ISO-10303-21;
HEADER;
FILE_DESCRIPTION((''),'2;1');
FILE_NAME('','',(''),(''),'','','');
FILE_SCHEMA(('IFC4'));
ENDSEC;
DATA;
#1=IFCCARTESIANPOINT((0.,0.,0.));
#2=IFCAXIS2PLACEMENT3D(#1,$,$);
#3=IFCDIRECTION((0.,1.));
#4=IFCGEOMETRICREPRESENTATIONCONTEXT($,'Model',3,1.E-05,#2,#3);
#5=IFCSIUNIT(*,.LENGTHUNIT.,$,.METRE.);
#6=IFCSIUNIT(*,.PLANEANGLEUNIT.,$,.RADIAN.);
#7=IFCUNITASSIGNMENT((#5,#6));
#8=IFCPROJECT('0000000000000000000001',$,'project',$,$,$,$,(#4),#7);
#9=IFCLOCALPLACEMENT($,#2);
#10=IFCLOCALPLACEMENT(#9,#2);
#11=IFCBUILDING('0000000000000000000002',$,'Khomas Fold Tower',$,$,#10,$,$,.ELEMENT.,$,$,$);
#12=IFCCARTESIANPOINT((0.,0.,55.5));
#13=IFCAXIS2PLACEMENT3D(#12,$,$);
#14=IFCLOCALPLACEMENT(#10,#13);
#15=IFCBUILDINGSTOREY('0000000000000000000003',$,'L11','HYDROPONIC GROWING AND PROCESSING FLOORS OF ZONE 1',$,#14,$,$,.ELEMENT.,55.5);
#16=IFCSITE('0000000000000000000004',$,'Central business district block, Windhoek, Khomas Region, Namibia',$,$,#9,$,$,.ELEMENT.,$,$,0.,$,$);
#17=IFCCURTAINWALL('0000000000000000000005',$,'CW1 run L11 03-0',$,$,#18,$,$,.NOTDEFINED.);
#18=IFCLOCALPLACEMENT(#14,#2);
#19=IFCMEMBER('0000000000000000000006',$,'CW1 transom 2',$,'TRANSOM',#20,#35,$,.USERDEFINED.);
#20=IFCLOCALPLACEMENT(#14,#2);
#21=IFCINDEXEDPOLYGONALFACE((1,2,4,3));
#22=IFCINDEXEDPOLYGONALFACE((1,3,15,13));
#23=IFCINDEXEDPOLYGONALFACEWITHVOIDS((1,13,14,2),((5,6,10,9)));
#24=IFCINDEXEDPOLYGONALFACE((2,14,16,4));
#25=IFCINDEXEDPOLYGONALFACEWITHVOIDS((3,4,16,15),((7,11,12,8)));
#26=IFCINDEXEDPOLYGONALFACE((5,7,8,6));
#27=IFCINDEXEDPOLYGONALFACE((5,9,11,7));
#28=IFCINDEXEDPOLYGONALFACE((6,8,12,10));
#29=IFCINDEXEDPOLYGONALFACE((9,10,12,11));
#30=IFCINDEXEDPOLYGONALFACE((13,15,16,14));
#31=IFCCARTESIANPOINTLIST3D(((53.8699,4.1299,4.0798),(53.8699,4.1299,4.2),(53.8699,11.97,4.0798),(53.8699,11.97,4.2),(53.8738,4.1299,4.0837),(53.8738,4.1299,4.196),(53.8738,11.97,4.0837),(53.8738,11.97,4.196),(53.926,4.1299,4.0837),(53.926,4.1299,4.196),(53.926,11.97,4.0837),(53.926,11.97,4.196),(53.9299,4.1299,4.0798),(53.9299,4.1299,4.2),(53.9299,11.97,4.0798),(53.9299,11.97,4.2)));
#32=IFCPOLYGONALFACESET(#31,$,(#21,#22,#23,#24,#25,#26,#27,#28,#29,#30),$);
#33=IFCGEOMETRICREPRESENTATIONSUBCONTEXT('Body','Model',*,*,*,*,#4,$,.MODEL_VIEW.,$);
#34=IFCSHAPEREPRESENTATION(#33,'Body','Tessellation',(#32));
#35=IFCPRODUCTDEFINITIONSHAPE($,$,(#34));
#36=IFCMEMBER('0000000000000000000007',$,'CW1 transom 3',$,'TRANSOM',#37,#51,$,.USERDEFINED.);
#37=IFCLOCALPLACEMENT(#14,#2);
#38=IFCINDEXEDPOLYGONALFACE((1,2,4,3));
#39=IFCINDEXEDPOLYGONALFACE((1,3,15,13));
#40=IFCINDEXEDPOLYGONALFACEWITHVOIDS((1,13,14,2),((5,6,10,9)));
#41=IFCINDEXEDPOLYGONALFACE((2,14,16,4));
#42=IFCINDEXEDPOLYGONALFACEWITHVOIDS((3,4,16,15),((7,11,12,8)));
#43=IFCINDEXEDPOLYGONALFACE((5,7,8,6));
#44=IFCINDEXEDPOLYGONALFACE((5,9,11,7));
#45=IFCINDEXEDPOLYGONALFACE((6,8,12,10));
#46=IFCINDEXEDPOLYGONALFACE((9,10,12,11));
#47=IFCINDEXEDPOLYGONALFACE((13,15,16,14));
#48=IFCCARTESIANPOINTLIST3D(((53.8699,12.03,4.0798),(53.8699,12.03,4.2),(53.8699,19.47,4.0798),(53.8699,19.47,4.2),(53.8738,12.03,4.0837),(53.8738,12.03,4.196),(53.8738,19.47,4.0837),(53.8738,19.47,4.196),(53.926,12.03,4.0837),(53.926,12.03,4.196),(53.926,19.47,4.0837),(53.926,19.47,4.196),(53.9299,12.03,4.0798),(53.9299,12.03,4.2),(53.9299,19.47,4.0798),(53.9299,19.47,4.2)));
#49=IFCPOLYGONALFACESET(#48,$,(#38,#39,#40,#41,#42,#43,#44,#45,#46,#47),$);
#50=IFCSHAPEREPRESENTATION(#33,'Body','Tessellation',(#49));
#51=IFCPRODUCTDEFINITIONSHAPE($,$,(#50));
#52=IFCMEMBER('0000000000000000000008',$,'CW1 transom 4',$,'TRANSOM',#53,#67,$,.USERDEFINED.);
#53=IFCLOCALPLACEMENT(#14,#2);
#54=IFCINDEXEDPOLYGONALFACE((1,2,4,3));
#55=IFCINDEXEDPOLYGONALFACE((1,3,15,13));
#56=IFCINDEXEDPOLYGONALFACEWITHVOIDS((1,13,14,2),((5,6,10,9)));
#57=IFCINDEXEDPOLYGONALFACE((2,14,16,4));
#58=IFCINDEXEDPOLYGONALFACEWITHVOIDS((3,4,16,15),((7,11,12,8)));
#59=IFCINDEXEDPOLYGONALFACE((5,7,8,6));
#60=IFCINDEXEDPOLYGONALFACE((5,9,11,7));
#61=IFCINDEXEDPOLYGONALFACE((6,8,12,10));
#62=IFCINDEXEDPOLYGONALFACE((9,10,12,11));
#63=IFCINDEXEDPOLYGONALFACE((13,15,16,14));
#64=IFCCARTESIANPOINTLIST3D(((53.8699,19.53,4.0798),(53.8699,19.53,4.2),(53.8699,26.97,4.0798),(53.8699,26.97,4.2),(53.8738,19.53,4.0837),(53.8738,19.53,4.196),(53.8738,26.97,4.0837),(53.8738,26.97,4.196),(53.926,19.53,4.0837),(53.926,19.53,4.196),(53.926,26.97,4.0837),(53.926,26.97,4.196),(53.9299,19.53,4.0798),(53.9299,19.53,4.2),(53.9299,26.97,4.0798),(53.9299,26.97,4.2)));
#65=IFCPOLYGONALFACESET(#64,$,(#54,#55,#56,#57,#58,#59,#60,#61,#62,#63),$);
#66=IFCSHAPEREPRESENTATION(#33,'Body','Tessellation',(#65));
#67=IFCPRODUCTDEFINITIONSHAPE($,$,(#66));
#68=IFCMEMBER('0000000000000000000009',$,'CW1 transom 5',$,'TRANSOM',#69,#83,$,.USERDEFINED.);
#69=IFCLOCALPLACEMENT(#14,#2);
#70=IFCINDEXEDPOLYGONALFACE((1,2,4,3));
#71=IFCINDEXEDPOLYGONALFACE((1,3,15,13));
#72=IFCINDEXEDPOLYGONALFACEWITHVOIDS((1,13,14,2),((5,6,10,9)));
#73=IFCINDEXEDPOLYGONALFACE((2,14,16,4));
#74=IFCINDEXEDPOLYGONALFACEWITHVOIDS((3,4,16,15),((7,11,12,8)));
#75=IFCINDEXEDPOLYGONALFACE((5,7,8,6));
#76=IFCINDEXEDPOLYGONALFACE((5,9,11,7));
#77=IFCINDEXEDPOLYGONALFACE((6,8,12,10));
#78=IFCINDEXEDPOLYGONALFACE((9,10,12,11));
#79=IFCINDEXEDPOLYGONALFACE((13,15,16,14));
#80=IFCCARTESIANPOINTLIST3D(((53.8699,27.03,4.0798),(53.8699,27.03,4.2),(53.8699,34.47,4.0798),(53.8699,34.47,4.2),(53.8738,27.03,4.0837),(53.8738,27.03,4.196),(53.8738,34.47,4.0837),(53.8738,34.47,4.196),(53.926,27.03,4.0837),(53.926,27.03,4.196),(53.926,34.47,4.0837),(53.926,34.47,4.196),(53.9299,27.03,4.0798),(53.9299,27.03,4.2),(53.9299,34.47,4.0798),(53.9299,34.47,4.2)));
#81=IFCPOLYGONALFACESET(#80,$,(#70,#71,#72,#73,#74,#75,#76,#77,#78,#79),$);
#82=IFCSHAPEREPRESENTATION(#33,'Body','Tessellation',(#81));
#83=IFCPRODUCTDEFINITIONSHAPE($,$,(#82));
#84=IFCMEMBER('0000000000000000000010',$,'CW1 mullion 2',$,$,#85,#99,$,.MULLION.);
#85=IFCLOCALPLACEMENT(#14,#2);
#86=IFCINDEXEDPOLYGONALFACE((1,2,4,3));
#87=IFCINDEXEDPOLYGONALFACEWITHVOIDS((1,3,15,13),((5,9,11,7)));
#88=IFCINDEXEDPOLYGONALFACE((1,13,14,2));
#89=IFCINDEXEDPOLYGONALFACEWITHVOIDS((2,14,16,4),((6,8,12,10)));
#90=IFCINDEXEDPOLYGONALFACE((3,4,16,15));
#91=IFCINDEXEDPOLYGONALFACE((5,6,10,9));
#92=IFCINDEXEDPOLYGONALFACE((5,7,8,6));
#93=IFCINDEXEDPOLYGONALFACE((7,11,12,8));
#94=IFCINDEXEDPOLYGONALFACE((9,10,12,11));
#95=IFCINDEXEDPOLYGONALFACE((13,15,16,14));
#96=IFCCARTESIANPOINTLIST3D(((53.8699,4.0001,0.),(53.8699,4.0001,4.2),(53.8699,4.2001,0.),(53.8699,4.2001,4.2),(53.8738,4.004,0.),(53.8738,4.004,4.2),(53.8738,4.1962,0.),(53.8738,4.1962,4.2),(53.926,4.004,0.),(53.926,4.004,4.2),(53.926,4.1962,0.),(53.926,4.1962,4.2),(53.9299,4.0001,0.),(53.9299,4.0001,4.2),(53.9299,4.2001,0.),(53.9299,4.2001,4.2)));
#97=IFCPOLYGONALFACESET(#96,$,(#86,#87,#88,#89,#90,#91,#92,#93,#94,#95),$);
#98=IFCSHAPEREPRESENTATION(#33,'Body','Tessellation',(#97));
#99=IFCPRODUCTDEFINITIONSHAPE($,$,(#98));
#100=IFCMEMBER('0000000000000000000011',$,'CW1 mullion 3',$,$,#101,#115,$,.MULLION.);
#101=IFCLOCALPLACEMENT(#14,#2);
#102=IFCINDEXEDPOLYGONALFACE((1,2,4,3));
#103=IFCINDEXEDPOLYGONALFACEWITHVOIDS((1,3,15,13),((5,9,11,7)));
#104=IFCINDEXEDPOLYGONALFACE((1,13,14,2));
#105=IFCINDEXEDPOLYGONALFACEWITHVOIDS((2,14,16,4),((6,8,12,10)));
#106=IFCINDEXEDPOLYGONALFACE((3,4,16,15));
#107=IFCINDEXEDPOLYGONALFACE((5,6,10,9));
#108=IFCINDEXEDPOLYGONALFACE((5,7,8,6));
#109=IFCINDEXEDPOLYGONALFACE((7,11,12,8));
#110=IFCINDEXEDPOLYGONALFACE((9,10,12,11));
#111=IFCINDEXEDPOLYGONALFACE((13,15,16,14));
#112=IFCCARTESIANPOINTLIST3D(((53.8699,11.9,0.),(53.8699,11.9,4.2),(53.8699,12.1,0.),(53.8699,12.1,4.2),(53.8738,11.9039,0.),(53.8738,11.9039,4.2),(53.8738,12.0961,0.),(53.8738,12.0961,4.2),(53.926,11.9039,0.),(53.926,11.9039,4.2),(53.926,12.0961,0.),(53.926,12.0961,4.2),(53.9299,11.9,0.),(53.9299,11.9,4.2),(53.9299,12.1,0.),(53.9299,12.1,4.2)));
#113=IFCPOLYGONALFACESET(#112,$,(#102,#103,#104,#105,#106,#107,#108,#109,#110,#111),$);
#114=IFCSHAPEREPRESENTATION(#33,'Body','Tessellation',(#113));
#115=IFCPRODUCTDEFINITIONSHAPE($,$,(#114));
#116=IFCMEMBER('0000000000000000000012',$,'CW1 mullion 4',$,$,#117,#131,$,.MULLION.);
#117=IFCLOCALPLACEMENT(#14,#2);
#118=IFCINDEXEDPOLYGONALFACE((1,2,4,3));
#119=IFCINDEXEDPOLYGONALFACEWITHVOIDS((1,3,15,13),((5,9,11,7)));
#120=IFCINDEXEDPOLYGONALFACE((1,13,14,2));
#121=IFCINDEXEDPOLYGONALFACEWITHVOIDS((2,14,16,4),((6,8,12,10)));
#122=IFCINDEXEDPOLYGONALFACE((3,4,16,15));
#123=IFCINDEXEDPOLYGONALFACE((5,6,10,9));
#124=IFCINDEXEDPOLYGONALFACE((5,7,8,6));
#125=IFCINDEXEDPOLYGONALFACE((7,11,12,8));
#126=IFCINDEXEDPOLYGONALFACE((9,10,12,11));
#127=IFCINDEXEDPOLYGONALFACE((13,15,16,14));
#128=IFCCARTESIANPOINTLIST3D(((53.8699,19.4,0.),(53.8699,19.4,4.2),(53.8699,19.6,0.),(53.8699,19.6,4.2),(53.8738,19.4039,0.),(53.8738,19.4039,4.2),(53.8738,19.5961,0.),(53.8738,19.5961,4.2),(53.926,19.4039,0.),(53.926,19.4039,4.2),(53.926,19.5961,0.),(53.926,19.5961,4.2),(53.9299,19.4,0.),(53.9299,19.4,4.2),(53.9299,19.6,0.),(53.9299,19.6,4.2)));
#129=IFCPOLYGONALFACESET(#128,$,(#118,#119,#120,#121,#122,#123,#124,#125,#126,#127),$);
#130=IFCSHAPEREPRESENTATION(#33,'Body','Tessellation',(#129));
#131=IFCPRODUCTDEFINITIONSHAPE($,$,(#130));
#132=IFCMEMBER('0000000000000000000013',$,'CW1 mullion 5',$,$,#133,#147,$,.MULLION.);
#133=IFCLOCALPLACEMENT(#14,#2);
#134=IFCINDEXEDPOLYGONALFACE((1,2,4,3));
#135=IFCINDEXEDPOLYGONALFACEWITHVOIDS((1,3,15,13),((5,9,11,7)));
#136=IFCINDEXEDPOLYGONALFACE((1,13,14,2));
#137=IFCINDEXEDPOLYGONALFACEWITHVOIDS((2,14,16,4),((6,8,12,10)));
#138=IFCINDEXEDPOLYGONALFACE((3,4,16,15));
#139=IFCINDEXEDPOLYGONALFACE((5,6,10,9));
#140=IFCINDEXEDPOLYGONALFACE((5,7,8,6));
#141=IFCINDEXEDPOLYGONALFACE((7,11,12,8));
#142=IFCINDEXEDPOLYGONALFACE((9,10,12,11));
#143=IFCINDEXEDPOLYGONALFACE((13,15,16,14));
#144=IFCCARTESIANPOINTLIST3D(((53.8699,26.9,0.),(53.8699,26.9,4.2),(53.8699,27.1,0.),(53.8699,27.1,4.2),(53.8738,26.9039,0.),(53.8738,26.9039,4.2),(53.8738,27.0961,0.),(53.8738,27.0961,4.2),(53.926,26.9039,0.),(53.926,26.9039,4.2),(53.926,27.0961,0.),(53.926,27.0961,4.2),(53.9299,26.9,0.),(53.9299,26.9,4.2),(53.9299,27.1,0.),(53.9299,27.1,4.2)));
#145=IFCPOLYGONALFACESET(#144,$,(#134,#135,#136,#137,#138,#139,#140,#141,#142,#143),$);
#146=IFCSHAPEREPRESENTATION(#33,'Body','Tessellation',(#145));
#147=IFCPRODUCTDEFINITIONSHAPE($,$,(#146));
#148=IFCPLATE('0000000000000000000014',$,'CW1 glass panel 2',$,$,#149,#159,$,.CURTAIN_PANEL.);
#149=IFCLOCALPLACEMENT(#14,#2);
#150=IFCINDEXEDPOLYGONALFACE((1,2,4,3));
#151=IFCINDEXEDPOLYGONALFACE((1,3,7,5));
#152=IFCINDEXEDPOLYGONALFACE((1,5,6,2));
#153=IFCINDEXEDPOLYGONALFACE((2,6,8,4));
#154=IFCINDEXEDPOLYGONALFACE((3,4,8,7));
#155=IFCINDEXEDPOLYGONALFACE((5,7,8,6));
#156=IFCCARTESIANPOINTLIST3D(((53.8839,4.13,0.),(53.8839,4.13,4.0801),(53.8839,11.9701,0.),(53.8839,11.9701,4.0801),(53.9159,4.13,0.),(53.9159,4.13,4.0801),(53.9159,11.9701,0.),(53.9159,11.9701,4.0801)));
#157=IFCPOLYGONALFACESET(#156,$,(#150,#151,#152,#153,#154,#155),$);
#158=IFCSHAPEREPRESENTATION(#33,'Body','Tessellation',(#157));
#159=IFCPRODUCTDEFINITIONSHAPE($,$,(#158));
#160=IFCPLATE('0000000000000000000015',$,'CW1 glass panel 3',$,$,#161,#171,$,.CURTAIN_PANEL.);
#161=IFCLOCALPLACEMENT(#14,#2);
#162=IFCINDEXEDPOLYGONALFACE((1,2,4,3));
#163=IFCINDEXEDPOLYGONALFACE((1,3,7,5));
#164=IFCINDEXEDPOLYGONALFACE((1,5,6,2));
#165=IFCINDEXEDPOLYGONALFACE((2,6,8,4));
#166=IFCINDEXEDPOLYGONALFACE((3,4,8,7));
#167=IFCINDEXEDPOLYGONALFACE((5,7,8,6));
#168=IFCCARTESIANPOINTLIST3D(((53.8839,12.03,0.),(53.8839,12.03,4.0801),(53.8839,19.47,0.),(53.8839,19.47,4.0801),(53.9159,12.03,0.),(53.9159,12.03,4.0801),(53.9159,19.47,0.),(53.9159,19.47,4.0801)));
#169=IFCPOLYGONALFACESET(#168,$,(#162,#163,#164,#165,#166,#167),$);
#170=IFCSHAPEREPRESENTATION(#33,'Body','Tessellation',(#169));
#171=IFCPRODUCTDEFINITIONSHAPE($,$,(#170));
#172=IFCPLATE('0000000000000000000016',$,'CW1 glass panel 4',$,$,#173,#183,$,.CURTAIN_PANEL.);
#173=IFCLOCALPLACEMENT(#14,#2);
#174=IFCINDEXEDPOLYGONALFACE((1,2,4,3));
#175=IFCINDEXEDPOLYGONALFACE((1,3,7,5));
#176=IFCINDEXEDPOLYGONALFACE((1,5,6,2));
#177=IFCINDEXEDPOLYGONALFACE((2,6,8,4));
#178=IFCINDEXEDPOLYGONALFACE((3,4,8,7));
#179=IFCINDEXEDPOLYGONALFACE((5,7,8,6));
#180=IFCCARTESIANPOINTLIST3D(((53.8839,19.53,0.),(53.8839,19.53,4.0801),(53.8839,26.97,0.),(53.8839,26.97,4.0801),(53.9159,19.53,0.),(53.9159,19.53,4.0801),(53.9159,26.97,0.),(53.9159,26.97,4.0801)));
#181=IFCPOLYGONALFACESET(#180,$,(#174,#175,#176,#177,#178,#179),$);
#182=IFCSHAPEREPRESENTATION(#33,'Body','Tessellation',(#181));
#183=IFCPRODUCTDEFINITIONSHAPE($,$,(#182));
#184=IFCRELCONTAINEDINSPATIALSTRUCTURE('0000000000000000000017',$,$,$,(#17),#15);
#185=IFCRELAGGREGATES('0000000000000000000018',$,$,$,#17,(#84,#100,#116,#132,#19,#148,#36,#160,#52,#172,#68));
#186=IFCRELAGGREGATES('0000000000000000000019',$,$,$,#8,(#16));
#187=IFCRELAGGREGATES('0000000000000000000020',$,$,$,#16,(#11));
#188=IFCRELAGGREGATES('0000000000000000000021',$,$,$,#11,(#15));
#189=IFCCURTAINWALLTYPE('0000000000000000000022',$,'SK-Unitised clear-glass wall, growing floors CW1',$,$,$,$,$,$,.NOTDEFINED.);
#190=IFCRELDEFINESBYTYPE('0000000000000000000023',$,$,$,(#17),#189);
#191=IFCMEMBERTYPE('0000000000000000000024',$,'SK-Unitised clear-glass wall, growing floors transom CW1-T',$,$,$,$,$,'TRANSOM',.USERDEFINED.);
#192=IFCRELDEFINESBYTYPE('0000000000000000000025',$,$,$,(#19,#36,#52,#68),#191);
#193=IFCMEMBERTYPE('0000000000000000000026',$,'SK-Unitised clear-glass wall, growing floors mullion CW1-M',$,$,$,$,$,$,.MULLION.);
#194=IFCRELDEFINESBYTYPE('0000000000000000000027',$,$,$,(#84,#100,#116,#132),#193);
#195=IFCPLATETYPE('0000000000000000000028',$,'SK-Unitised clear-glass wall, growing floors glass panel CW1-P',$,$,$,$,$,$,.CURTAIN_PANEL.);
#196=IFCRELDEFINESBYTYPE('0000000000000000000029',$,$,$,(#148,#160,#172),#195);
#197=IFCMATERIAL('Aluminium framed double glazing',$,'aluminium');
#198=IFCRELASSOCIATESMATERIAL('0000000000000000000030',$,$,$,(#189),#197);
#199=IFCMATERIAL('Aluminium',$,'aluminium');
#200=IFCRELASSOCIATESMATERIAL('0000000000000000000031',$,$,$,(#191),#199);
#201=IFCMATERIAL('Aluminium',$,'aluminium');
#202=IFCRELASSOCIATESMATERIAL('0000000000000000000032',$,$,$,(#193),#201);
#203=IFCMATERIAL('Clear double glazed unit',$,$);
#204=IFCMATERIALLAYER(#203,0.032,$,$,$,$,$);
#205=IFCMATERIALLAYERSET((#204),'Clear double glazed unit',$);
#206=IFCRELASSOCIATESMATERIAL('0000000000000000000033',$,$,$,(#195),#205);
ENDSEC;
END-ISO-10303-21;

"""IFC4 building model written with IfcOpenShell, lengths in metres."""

from ifc_helpers import new_model, si_unit, direction, frame, origin, origin_2d, place, context, subcontext, project, spatial, rectangle, hollow_rectangle, extrude, source, transform, mapped, material, layer, layer_set, material_profile, profile_set, type_object, element, aggregate, save


model = new_model("IFC4")

# Units and contexts
model_context = context("Model", 3, precision=1e-05, world=origin(), true_north=direction((0.0, 1.0)))
body_context = subcontext(model_context, "Body", "Model", "MODEL_VIEW")
ifc_project = project(units=[si_unit("LENGTHUNIT", "METRE"), si_unit("PLANEANGLEUNIT", "RADIAN")], contexts=[model_context])

# Site, building, storey
site_placement = place(None, origin())
site = spatial("IfcSite", under=ifc_project, at=site_placement, Name="Central business district block, Windhoek, Khomas Region, Namibia", CompositionType="ELEMENT", RefElevation=0.0)
building_placement = place(site_placement, origin())
building = spatial("IfcBuilding", under=site, at=building_placement, Name="Khomas Fold Tower", CompositionType="ELEMENT")
storey_placement = place(building_placement, frame((0.0, 0.0, 55.5)))
storey = spatial("IfcBuildingStorey", under=building, at=storey_placement, Name="L11", Description="HYDROPONIC GROWING AND PROCESSING FLOORS OF ZONE 1", CompositionType="ELEMENT", Elevation=55.5)

# Curtain wall, members, plates
ifc_material_1 = material(Name="Aluminium framed double glazing", Category="aluminium")
curtain_wall_type = type_object("IfcCurtainWallType", Name="SK-Unitised clear-glass wall, growing floors CW1", PredefinedType="NOTDEFINED", material=ifc_material_1)
curtain_wall_placement = place(storey_placement, origin())
curtain_wall = element("IfcCurtainWall", 1, at=curtain_wall_placement, inside=storey, type_object=curtain_wall_type, Name="CW1 run L11 03-0", PredefinedType="NOTDEFINED")
ifc_material_2 = material(Name="Aluminium", Category="aluminium")
ifc_material_profile_1 = material_profile(ifc_material_2, hollow_rectangle(XDim=0.0601, YDim=0.1201, WallThickness=0.0039, at=origin_2d()), Name="SK-Unitised clear-glass wall, growing floors transom CW1-T")
ifc_profile_set_1 = profile_set([ifc_material_profile_1], Name="Aluminium")
member_type_1 = type_object("IfcMemberType", Name="SK-Unitised clear-glass wall, growing floors transom CW1-T", ElementType="TRANSOM", PredefinedType="USERDEFINED", material=ifc_profile_set_1)
shared_shape_1 = source(origin(), body_context, "Body", "SweptSolid", [
    extrude(hollow_rectangle(XDim=0.0601, YDim=0.1201, WallThickness=0.0039, at=origin_2d()), origin(), (0.0, 0.0, 1.0), 7.8401),
])
member_1_placement = place(storey_placement, frame((53.8999, 4.1299, 4.1399), z_axis=(0.0, 1.0, 0.0), x_axis=(-1.0, 0.0, 0.0)))
member_1 = element("IfcMember", 2, at=member_1_placement, type_object=member_type_1, Name="CW1 transom 2", ObjectType="TRANSOM", PredefinedType="USERDEFINED", context=body_context, shape_type="MappedRepresentation", body=[
    mapped(shared_shape_1, transform((0.0, 0.0, 0.0))),
])
shared_shape_2 = source(origin(), body_context, "Body", "SweptSolid", [
    extrude(hollow_rectangle(XDim=0.0601, YDim=0.1201, WallThickness=0.0039, at=origin_2d()), origin(), (0.0, 0.0, 1.0), 7.4399),
])
member_2_placement = place(storey_placement, frame((53.8999, 12.03, 4.1399), z_axis=(0.0, 1.0, 0.0), x_axis=(-1.0, 0.0, 0.0)))
member_2 = element("IfcMember", 3, at=member_2_placement, type_object=member_type_1, Name="CW1 transom 3", ObjectType="TRANSOM", PredefinedType="USERDEFINED", context=body_context, shape_type="MappedRepresentation", body=[
    mapped(shared_shape_2, transform((0.0, 0.0, 0.0))),
])
member_3_placement = place(storey_placement, frame((53.8999, 19.53, 4.1399), z_axis=(0.0, 1.0, 0.0), x_axis=(-1.0, 0.0, 0.0)))
member_3 = element("IfcMember", 4, at=member_3_placement, type_object=member_type_1, Name="CW1 transom 4", ObjectType="TRANSOM", PredefinedType="USERDEFINED", context=body_context, shape_type="MappedRepresentation", body=[
    mapped(shared_shape_2, transform((0.0, 0.0, 0.0))),
])
member_4_placement = place(storey_placement, frame((53.8999, 27.03, 4.1399), z_axis=(0.0, 1.0, 0.0), x_axis=(-1.0, 0.0, 0.0)))
member_4 = element("IfcMember", 5, at=member_4_placement, type_object=member_type_1, Name="CW1 transom 5", ObjectType="TRANSOM", PredefinedType="USERDEFINED", context=body_context, shape_type="MappedRepresentation", body=[
    mapped(shared_shape_2, transform((0.0, 0.0, 0.0))),
])
ifc_material_3 = material(Name="Aluminium", Category="aluminium")
ifc_material_profile_2 = material_profile(ifc_material_3, hollow_rectangle(XDim=0.0601, YDim=0.2, WallThickness=0.0039, at=origin_2d()), Name="SK-Unitised clear-glass wall, growing floors mullion CW1-M")
ifc_profile_set_2 = profile_set([ifc_material_profile_2], Name="Aluminium")
member_type_2 = type_object("IfcMemberType", Name="SK-Unitised clear-glass wall, growing floors mullion CW1-M", PredefinedType="MULLION", material=ifc_profile_set_2)
shared_shape_3 = source(origin(), body_context, "Body", "SweptSolid", [
    extrude(hollow_rectangle(XDim=0.0601, YDim=0.2, WallThickness=0.0039, at=origin_2d()), origin(), (0.0, 0.0, 1.0), 4.2),
])
member_5_placement = place(storey_placement, frame((53.8999, 4.1001, 0.0), z_axis=(0.0, 0.0, 1.0), x_axis=(-1.0, 0.0, 0.0)))
member_5 = element("IfcMember", 6, at=member_5_placement, type_object=member_type_2, Name="CW1 mullion 2", PredefinedType="MULLION", context=body_context, shape_type="MappedRepresentation", body=[
    mapped(shared_shape_3, transform((0.0, 0.0, 0.0))),
])
member_6_placement = place(storey_placement, frame((53.8999, 12.0, 0.0), z_axis=(0.0, 0.0, 1.0), x_axis=(-1.0, 0.0, 0.0)))
member_6 = element("IfcMember", 7, at=member_6_placement, type_object=member_type_2, Name="CW1 mullion 3", PredefinedType="MULLION", context=body_context, shape_type="MappedRepresentation", body=[
    mapped(shared_shape_3, transform((0.0, 0.0, 0.0))),
])
member_7_placement = place(storey_placement, frame((53.8999, 19.5, 0.0), z_axis=(0.0, 0.0, 1.0), x_axis=(-1.0, 0.0, 0.0)))
member_7 = element("IfcMember", 8, at=member_7_placement, type_object=member_type_2, Name="CW1 mullion 4", PredefinedType="MULLION", context=body_context, shape_type="MappedRepresentation", body=[
    mapped(shared_shape_3, transform((0.0, 0.0, 0.0))),
])
member_8_placement = place(storey_placement, frame((53.8999, 27.0, 0.0), z_axis=(0.0, 0.0, 1.0), x_axis=(-1.0, 0.0, 0.0)))
member_8 = element("IfcMember", 9, at=member_8_placement, type_object=member_type_2, Name="CW1 mullion 5", PredefinedType="MULLION", context=body_context, shape_type="MappedRepresentation", body=[
    mapped(shared_shape_3, transform((0.0, 0.0, 0.0))),
])
ifc_material_4 = material(Name="Clear double glazed unit")
ifc_layer = layer(ifc_material_4, 0.032)
ifc_layer_set = layer_set([ifc_layer], Name="Clear double glazed unit")
plate_type = type_object("IfcPlateType", Name="SK-Unitised clear-glass wall, growing floors glass panel CW1-P", PredefinedType="CURTAIN_PANEL", material=ifc_layer_set)
shared_shape_4 = source(origin(), body_context, "Body", "SweptSolid", [
    extrude(rectangle(XDim=7.8401, YDim=0.032, at=origin_2d()), origin(), (0.0, 0.0, 1.0), 4.0801),
])
plate_1_placement = place(storey_placement, frame((53.8999, 8.05, 0.0), z_axis=(0.0, 0.0, 1.0), x_axis=(0.0, 1.0, 0.0)))
plate_1 = element("IfcPlate", 10, at=plate_1_placement, type_object=plate_type, Name="CW1 glass panel 2", PredefinedType="CURTAIN_PANEL", context=body_context, shape_type="MappedRepresentation", body=[
    mapped(shared_shape_4, transform((0.0, 0.0, 0.0))),
])
shared_shape_5 = source(origin(), body_context, "Body", "SweptSolid", [
    extrude(rectangle(XDim=7.4399, YDim=0.032, at=origin_2d()), origin(), (0.0, 0.0, 1.0), 4.0801),
])
plate_2_placement = place(storey_placement, frame((53.8999, 15.75, 0.0), z_axis=(0.0, 0.0, 1.0), x_axis=(0.0, 1.0, 0.0)))
plate_2 = element("IfcPlate", 11, at=plate_2_placement, type_object=plate_type, Name="CW1 glass panel 3", PredefinedType="CURTAIN_PANEL", context=body_context, shape_type="MappedRepresentation", body=[
    mapped(shared_shape_5, transform((0.0, 0.0, 0.0))),
])
plate_3_placement = place(storey_placement, frame((53.8999, 23.25, 0.0), z_axis=(0.0, 0.0, 1.0), x_axis=(0.0, 1.0, 0.0)))
plate_3 = element("IfcPlate", 12, at=plate_3_placement, type_object=plate_type, Name="CW1 glass panel 4", PredefinedType="CURTAIN_PANEL", context=body_context, shape_type="MappedRepresentation", body=[
    mapped(shared_shape_5, transform((0.0, 0.0, 0.0))),
])
aggregate(curtain_wall, [member_5, member_6, member_7, member_8, member_1, plate_1, member_2, plate_2, member_3, plate_3, member_4])

save(model, "model.ifc")
